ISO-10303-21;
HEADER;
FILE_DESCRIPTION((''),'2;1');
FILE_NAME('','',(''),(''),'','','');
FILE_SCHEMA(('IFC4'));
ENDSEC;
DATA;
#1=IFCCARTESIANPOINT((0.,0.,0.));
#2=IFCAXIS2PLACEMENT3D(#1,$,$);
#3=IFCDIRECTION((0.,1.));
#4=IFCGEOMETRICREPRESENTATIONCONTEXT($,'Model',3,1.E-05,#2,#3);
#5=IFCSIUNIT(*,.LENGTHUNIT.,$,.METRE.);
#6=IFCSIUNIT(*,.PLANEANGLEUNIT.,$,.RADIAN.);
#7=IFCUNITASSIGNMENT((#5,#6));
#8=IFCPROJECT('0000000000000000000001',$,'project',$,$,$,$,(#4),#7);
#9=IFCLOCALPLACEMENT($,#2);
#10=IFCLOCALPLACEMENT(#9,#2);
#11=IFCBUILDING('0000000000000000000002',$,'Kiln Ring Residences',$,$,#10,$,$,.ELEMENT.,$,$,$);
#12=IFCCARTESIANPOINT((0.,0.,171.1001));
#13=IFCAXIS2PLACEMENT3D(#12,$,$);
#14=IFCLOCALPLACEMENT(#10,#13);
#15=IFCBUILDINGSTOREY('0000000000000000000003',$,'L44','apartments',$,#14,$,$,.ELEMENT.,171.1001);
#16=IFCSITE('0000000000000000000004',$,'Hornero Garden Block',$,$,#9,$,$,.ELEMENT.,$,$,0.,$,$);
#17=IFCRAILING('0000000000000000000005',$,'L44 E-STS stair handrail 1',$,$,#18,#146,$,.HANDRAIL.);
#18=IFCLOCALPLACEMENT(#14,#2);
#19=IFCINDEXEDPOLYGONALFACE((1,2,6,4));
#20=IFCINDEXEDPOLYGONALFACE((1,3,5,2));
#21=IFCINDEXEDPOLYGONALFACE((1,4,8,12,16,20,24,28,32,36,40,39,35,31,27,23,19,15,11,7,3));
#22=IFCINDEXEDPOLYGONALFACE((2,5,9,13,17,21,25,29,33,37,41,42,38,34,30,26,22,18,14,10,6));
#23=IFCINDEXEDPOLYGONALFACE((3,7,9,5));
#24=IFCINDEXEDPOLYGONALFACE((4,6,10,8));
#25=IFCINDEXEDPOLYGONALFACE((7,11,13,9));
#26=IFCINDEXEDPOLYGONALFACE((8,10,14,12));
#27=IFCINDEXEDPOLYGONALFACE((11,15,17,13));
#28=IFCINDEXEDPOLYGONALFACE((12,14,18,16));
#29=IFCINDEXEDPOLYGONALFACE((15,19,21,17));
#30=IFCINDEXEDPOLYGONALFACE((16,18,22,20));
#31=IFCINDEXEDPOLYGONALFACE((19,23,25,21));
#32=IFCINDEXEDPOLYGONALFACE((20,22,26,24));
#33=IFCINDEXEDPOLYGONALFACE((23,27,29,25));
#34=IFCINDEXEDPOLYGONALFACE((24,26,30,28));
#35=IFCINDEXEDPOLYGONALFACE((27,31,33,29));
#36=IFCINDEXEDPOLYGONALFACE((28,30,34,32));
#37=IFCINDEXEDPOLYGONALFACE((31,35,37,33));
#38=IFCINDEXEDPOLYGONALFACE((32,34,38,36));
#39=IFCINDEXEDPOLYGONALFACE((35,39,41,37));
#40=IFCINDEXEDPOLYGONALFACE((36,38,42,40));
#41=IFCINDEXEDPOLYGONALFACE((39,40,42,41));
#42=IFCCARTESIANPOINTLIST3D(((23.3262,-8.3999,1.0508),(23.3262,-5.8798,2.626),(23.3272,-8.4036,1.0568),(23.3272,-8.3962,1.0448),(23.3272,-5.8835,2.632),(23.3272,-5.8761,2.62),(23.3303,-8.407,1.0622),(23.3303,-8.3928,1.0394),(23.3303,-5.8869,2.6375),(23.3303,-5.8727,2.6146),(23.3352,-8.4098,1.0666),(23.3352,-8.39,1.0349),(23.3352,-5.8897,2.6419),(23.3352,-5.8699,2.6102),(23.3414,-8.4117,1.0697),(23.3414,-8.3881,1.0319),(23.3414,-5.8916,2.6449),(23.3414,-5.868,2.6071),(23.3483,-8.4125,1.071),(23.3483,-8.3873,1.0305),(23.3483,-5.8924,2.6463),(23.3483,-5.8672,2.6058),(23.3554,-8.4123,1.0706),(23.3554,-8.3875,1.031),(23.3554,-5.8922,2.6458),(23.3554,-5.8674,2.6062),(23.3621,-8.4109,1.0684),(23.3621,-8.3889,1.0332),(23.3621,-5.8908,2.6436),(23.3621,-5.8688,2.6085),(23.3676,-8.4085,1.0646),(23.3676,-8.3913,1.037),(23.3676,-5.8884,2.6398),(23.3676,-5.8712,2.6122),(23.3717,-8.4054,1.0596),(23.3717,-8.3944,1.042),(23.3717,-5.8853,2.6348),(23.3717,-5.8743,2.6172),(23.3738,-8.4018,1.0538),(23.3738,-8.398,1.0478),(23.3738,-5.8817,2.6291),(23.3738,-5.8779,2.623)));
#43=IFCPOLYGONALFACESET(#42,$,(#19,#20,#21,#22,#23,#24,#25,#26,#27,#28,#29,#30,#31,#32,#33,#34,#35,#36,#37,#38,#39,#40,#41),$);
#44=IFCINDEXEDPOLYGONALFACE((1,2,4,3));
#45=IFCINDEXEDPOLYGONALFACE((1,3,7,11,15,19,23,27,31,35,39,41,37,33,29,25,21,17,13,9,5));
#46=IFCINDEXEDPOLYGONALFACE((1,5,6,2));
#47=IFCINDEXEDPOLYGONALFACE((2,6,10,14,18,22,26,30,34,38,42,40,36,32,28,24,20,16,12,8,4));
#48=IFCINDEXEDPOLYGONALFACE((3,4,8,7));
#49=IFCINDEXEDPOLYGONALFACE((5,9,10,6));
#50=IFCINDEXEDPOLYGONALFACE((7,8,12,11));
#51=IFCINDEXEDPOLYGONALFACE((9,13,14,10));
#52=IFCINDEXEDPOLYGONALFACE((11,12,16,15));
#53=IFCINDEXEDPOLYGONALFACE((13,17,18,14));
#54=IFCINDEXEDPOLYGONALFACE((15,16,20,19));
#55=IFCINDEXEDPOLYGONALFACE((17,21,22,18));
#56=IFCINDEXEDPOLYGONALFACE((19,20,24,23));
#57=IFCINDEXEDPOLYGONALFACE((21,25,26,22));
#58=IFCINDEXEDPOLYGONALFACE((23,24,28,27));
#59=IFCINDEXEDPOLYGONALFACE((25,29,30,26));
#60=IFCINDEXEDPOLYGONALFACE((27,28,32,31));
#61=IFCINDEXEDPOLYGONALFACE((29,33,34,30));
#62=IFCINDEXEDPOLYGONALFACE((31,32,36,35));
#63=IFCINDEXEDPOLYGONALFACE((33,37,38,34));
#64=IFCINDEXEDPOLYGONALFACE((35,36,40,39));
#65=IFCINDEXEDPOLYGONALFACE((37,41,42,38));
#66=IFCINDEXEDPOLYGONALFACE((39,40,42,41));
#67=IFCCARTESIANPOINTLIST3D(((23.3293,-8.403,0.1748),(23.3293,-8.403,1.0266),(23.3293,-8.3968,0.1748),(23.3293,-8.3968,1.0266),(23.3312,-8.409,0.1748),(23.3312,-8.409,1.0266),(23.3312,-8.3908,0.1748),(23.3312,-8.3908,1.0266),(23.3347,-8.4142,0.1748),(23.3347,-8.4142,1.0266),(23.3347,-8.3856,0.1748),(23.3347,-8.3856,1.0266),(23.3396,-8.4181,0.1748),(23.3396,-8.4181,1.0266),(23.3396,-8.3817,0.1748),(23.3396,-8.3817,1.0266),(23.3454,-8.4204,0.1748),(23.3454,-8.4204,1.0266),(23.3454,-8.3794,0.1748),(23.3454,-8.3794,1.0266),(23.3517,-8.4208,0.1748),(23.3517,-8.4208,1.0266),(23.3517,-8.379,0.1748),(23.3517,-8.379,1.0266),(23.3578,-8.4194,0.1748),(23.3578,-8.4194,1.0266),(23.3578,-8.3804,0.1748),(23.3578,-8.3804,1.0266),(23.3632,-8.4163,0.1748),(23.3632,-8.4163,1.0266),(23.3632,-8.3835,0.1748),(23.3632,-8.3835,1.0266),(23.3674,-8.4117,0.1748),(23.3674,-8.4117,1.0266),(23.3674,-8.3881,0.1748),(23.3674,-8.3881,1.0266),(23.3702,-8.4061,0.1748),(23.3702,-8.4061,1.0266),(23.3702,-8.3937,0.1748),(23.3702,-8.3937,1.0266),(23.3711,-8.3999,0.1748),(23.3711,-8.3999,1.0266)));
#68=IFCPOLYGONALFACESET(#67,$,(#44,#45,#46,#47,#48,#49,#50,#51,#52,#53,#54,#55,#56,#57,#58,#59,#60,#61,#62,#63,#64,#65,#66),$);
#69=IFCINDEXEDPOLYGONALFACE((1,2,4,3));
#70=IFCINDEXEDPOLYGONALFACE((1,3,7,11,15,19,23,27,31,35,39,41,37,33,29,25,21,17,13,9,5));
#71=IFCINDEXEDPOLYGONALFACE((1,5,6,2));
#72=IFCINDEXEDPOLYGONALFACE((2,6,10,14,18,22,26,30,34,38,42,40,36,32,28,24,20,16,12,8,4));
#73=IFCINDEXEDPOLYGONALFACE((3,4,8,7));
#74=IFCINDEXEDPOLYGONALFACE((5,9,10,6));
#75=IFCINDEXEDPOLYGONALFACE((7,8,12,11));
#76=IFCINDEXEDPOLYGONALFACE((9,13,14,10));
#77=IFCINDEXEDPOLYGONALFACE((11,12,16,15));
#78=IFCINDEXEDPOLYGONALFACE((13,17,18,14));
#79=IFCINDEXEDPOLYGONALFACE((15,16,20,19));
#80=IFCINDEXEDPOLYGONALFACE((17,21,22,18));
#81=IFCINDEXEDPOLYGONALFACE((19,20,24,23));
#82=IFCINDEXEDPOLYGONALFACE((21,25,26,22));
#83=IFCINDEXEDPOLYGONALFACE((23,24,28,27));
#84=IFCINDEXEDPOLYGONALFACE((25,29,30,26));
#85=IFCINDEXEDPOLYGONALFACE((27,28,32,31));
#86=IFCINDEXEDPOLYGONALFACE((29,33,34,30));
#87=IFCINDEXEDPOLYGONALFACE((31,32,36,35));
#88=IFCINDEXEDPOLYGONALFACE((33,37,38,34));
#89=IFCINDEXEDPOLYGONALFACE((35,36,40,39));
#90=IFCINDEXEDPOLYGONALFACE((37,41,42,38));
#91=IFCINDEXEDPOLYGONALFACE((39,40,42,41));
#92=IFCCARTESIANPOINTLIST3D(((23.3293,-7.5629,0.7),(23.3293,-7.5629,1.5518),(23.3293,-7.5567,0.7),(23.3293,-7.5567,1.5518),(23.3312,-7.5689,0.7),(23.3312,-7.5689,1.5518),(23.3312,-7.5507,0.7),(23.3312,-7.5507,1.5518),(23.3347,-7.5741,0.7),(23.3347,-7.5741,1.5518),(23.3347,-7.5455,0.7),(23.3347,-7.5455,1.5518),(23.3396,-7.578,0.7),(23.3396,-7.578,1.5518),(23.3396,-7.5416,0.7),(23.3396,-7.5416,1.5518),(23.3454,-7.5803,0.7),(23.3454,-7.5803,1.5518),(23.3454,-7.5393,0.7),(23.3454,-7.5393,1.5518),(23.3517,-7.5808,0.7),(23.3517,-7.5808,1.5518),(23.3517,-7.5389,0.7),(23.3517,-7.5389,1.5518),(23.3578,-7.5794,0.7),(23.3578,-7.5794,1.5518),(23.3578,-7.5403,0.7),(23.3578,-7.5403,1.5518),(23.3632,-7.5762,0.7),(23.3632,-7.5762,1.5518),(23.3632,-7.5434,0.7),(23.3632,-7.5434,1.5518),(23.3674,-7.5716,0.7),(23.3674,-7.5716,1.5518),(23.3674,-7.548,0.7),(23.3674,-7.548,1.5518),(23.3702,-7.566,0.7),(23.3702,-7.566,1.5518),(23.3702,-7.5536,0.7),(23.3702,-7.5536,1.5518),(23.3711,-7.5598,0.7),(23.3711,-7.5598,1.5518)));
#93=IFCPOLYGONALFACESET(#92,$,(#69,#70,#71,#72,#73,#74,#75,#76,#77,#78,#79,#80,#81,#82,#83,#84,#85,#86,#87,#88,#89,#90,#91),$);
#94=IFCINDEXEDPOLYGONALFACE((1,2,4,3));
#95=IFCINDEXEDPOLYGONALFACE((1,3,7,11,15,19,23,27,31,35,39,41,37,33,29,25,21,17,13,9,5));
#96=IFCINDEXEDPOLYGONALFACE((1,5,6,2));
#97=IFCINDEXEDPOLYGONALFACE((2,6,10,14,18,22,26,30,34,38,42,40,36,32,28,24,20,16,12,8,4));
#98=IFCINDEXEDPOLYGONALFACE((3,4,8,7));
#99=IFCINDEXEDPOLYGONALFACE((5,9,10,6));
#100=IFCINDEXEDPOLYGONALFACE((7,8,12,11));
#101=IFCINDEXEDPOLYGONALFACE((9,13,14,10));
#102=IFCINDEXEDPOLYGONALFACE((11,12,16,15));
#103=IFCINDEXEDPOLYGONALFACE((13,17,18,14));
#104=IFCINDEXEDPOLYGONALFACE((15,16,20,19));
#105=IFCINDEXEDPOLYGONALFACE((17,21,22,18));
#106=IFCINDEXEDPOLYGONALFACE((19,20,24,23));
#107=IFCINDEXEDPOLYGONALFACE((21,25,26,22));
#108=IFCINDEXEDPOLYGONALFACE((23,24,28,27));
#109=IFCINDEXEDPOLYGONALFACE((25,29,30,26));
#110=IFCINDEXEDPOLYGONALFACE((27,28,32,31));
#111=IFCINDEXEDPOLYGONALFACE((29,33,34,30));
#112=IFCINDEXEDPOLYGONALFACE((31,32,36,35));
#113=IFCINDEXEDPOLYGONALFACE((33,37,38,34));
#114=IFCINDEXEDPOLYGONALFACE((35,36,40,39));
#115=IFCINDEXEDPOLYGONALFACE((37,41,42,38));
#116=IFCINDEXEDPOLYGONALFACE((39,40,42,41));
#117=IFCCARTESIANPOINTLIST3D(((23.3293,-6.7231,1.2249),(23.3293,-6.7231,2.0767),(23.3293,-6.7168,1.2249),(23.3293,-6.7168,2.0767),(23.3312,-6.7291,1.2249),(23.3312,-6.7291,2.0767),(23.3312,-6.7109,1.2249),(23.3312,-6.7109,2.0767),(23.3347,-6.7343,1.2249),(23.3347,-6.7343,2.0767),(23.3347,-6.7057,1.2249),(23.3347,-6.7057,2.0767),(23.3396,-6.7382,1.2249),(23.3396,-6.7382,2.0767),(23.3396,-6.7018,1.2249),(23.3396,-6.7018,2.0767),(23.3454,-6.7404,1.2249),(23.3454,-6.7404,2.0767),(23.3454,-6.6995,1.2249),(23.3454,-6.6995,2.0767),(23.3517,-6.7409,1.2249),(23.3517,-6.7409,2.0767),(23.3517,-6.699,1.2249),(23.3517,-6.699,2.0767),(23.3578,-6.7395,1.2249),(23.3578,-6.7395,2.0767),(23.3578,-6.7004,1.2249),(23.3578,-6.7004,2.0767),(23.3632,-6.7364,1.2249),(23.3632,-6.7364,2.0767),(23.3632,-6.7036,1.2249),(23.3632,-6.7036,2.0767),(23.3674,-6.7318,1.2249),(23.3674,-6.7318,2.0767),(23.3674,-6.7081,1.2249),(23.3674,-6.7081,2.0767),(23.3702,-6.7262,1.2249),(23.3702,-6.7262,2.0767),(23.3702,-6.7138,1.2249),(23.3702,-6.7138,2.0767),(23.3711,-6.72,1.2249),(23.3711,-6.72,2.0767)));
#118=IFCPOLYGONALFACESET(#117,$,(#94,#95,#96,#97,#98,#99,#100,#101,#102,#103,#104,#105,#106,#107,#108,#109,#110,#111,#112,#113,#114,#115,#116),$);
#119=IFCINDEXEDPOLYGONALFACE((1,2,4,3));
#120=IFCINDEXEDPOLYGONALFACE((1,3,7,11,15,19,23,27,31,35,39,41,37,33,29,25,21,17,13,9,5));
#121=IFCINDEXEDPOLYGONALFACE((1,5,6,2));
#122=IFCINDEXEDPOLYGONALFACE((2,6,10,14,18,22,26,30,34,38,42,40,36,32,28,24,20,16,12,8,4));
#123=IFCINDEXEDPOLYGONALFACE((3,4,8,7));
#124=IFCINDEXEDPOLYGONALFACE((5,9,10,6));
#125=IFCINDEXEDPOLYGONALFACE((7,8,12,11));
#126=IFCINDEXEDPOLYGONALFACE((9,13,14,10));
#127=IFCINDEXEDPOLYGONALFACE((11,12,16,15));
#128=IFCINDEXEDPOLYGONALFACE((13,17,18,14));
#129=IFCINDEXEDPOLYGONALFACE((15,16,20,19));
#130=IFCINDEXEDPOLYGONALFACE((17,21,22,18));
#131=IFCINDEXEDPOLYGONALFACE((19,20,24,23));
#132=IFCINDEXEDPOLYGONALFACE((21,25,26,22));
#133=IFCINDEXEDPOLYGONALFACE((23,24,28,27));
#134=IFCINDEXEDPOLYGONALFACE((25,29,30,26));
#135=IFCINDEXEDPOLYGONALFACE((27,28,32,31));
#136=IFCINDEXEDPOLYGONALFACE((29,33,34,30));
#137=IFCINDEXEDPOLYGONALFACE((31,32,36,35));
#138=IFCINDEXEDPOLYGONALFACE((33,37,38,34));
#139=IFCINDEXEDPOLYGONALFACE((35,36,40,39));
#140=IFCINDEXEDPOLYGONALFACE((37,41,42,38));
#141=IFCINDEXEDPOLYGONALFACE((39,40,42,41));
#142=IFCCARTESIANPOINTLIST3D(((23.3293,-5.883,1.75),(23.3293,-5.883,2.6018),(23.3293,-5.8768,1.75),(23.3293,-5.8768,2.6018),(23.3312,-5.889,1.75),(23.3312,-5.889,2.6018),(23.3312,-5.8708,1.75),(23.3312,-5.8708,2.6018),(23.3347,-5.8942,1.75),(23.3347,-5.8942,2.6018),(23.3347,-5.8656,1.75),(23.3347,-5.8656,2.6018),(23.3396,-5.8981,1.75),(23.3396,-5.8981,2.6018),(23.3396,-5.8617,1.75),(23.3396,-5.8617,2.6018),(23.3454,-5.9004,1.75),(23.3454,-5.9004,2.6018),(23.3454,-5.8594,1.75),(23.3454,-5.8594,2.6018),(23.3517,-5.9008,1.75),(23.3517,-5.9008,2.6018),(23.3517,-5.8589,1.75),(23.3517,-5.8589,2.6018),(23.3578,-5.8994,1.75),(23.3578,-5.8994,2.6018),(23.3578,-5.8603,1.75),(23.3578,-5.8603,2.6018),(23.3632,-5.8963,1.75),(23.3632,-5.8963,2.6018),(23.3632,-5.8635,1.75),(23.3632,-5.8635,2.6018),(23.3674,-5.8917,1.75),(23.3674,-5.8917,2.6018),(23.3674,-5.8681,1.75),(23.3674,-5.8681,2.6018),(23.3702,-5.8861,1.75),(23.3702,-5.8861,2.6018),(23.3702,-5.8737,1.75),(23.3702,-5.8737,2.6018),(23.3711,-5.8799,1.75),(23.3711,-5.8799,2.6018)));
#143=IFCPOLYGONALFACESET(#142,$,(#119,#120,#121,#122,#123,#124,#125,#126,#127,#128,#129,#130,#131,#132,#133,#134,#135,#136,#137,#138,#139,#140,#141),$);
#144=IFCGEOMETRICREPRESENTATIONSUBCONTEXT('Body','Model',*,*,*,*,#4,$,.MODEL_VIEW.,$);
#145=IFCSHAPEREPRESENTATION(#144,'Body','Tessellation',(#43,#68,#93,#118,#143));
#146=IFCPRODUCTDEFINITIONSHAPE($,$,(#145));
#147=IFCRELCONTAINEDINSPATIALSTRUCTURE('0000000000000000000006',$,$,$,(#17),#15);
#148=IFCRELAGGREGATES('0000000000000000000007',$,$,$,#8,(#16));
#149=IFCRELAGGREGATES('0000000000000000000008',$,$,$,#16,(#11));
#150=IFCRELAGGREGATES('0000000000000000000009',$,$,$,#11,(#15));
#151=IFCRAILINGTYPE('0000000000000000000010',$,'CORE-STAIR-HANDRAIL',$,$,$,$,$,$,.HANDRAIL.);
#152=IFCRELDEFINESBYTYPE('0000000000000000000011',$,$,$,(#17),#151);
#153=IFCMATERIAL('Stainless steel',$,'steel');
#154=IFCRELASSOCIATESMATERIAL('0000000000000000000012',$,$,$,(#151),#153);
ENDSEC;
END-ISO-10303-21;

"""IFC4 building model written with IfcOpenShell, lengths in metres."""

from ifc_helpers import new_model, si_unit, direction, frame, origin, origin_2d, place, context, subcontext, project, spatial, circle, extrude, material, type_object, element, save


model = new_model("IFC4")

# Units and contexts
model_context = context("Model", 3, precision=1e-05, world=origin(), true_north=direction((0.0, 1.0)))
body_context = subcontext(model_context, "Body", "Model", "MODEL_VIEW")
ifc_project = project(units=[si_unit("LENGTHUNIT", "METRE"), si_unit("PLANEANGLEUNIT", "RADIAN")], contexts=[model_context])

# Site, building, storey
site_placement = place(None, origin())
site = spatial("IfcSite", under=ifc_project, at=site_placement, Name="Hornero Garden Block", CompositionType="ELEMENT", RefElevation=0.0)
building_placement = place(site_placement, origin())
building = spatial("IfcBuilding", under=site, at=building_placement, Name="Kiln Ring Residences", CompositionType="ELEMENT")
storey_placement = place(building_placement, frame((0.0, 0.0, 171.1001)))
storey = spatial("IfcBuildingStorey", under=building, at=storey_placement, Name="L44", Description="apartments", CompositionType="ELEMENT", Elevation=171.1001)

# Railing
ifc_material_1 = material(Name="Stainless steel", Category="steel")
railing_type_1 = type_object("IfcRailingType", Name="CORE-STAIR-HANDRAIL", PredefinedType="HANDRAIL", material=ifc_material_1)
railing_1_placement = place(storey_placement, frame((23.3501, -8.3999, 0.1748)))
element("IfcRailing", 1, at=railing_1_placement, inside=storey, type_object=railing_type_1, Name="L44 E-STS stair handrail 1", PredefinedType="HANDRAIL", context=body_context, shape_type="SweptSolid", body=[
    extrude(circle(Radius=0.0239, at=origin_2d()), frame((0.0, 0.0, 0.876), z_axis=(0.0, 0.847971, 0.530043), x_axis=(-1.0, 0.0, 0.0)), (0.0, 0.0, 1.0), 2.9719),
    extrude(circle(Radius=0.021, at=origin_2d()), origin(), (0.0, 0.0, 1.0), 0.8518),
    extrude(circle(Radius=0.021, at=origin_2d()), frame((0.0, 0.8401, 0.5251)), (0.0, 0.0, 1.0), 0.8518),
    extrude(circle(Radius=0.021, at=origin_2d()), frame((0.0, 1.6799, 1.05)), (0.0, 0.0, 1.0), 0.8518),
    extrude(circle(Radius=0.021, at=origin_2d()), frame((0.0, 2.52, 1.5752)), (0.0, 0.0, 1.0), 0.8518),
])

save(model, "model.ifc")
